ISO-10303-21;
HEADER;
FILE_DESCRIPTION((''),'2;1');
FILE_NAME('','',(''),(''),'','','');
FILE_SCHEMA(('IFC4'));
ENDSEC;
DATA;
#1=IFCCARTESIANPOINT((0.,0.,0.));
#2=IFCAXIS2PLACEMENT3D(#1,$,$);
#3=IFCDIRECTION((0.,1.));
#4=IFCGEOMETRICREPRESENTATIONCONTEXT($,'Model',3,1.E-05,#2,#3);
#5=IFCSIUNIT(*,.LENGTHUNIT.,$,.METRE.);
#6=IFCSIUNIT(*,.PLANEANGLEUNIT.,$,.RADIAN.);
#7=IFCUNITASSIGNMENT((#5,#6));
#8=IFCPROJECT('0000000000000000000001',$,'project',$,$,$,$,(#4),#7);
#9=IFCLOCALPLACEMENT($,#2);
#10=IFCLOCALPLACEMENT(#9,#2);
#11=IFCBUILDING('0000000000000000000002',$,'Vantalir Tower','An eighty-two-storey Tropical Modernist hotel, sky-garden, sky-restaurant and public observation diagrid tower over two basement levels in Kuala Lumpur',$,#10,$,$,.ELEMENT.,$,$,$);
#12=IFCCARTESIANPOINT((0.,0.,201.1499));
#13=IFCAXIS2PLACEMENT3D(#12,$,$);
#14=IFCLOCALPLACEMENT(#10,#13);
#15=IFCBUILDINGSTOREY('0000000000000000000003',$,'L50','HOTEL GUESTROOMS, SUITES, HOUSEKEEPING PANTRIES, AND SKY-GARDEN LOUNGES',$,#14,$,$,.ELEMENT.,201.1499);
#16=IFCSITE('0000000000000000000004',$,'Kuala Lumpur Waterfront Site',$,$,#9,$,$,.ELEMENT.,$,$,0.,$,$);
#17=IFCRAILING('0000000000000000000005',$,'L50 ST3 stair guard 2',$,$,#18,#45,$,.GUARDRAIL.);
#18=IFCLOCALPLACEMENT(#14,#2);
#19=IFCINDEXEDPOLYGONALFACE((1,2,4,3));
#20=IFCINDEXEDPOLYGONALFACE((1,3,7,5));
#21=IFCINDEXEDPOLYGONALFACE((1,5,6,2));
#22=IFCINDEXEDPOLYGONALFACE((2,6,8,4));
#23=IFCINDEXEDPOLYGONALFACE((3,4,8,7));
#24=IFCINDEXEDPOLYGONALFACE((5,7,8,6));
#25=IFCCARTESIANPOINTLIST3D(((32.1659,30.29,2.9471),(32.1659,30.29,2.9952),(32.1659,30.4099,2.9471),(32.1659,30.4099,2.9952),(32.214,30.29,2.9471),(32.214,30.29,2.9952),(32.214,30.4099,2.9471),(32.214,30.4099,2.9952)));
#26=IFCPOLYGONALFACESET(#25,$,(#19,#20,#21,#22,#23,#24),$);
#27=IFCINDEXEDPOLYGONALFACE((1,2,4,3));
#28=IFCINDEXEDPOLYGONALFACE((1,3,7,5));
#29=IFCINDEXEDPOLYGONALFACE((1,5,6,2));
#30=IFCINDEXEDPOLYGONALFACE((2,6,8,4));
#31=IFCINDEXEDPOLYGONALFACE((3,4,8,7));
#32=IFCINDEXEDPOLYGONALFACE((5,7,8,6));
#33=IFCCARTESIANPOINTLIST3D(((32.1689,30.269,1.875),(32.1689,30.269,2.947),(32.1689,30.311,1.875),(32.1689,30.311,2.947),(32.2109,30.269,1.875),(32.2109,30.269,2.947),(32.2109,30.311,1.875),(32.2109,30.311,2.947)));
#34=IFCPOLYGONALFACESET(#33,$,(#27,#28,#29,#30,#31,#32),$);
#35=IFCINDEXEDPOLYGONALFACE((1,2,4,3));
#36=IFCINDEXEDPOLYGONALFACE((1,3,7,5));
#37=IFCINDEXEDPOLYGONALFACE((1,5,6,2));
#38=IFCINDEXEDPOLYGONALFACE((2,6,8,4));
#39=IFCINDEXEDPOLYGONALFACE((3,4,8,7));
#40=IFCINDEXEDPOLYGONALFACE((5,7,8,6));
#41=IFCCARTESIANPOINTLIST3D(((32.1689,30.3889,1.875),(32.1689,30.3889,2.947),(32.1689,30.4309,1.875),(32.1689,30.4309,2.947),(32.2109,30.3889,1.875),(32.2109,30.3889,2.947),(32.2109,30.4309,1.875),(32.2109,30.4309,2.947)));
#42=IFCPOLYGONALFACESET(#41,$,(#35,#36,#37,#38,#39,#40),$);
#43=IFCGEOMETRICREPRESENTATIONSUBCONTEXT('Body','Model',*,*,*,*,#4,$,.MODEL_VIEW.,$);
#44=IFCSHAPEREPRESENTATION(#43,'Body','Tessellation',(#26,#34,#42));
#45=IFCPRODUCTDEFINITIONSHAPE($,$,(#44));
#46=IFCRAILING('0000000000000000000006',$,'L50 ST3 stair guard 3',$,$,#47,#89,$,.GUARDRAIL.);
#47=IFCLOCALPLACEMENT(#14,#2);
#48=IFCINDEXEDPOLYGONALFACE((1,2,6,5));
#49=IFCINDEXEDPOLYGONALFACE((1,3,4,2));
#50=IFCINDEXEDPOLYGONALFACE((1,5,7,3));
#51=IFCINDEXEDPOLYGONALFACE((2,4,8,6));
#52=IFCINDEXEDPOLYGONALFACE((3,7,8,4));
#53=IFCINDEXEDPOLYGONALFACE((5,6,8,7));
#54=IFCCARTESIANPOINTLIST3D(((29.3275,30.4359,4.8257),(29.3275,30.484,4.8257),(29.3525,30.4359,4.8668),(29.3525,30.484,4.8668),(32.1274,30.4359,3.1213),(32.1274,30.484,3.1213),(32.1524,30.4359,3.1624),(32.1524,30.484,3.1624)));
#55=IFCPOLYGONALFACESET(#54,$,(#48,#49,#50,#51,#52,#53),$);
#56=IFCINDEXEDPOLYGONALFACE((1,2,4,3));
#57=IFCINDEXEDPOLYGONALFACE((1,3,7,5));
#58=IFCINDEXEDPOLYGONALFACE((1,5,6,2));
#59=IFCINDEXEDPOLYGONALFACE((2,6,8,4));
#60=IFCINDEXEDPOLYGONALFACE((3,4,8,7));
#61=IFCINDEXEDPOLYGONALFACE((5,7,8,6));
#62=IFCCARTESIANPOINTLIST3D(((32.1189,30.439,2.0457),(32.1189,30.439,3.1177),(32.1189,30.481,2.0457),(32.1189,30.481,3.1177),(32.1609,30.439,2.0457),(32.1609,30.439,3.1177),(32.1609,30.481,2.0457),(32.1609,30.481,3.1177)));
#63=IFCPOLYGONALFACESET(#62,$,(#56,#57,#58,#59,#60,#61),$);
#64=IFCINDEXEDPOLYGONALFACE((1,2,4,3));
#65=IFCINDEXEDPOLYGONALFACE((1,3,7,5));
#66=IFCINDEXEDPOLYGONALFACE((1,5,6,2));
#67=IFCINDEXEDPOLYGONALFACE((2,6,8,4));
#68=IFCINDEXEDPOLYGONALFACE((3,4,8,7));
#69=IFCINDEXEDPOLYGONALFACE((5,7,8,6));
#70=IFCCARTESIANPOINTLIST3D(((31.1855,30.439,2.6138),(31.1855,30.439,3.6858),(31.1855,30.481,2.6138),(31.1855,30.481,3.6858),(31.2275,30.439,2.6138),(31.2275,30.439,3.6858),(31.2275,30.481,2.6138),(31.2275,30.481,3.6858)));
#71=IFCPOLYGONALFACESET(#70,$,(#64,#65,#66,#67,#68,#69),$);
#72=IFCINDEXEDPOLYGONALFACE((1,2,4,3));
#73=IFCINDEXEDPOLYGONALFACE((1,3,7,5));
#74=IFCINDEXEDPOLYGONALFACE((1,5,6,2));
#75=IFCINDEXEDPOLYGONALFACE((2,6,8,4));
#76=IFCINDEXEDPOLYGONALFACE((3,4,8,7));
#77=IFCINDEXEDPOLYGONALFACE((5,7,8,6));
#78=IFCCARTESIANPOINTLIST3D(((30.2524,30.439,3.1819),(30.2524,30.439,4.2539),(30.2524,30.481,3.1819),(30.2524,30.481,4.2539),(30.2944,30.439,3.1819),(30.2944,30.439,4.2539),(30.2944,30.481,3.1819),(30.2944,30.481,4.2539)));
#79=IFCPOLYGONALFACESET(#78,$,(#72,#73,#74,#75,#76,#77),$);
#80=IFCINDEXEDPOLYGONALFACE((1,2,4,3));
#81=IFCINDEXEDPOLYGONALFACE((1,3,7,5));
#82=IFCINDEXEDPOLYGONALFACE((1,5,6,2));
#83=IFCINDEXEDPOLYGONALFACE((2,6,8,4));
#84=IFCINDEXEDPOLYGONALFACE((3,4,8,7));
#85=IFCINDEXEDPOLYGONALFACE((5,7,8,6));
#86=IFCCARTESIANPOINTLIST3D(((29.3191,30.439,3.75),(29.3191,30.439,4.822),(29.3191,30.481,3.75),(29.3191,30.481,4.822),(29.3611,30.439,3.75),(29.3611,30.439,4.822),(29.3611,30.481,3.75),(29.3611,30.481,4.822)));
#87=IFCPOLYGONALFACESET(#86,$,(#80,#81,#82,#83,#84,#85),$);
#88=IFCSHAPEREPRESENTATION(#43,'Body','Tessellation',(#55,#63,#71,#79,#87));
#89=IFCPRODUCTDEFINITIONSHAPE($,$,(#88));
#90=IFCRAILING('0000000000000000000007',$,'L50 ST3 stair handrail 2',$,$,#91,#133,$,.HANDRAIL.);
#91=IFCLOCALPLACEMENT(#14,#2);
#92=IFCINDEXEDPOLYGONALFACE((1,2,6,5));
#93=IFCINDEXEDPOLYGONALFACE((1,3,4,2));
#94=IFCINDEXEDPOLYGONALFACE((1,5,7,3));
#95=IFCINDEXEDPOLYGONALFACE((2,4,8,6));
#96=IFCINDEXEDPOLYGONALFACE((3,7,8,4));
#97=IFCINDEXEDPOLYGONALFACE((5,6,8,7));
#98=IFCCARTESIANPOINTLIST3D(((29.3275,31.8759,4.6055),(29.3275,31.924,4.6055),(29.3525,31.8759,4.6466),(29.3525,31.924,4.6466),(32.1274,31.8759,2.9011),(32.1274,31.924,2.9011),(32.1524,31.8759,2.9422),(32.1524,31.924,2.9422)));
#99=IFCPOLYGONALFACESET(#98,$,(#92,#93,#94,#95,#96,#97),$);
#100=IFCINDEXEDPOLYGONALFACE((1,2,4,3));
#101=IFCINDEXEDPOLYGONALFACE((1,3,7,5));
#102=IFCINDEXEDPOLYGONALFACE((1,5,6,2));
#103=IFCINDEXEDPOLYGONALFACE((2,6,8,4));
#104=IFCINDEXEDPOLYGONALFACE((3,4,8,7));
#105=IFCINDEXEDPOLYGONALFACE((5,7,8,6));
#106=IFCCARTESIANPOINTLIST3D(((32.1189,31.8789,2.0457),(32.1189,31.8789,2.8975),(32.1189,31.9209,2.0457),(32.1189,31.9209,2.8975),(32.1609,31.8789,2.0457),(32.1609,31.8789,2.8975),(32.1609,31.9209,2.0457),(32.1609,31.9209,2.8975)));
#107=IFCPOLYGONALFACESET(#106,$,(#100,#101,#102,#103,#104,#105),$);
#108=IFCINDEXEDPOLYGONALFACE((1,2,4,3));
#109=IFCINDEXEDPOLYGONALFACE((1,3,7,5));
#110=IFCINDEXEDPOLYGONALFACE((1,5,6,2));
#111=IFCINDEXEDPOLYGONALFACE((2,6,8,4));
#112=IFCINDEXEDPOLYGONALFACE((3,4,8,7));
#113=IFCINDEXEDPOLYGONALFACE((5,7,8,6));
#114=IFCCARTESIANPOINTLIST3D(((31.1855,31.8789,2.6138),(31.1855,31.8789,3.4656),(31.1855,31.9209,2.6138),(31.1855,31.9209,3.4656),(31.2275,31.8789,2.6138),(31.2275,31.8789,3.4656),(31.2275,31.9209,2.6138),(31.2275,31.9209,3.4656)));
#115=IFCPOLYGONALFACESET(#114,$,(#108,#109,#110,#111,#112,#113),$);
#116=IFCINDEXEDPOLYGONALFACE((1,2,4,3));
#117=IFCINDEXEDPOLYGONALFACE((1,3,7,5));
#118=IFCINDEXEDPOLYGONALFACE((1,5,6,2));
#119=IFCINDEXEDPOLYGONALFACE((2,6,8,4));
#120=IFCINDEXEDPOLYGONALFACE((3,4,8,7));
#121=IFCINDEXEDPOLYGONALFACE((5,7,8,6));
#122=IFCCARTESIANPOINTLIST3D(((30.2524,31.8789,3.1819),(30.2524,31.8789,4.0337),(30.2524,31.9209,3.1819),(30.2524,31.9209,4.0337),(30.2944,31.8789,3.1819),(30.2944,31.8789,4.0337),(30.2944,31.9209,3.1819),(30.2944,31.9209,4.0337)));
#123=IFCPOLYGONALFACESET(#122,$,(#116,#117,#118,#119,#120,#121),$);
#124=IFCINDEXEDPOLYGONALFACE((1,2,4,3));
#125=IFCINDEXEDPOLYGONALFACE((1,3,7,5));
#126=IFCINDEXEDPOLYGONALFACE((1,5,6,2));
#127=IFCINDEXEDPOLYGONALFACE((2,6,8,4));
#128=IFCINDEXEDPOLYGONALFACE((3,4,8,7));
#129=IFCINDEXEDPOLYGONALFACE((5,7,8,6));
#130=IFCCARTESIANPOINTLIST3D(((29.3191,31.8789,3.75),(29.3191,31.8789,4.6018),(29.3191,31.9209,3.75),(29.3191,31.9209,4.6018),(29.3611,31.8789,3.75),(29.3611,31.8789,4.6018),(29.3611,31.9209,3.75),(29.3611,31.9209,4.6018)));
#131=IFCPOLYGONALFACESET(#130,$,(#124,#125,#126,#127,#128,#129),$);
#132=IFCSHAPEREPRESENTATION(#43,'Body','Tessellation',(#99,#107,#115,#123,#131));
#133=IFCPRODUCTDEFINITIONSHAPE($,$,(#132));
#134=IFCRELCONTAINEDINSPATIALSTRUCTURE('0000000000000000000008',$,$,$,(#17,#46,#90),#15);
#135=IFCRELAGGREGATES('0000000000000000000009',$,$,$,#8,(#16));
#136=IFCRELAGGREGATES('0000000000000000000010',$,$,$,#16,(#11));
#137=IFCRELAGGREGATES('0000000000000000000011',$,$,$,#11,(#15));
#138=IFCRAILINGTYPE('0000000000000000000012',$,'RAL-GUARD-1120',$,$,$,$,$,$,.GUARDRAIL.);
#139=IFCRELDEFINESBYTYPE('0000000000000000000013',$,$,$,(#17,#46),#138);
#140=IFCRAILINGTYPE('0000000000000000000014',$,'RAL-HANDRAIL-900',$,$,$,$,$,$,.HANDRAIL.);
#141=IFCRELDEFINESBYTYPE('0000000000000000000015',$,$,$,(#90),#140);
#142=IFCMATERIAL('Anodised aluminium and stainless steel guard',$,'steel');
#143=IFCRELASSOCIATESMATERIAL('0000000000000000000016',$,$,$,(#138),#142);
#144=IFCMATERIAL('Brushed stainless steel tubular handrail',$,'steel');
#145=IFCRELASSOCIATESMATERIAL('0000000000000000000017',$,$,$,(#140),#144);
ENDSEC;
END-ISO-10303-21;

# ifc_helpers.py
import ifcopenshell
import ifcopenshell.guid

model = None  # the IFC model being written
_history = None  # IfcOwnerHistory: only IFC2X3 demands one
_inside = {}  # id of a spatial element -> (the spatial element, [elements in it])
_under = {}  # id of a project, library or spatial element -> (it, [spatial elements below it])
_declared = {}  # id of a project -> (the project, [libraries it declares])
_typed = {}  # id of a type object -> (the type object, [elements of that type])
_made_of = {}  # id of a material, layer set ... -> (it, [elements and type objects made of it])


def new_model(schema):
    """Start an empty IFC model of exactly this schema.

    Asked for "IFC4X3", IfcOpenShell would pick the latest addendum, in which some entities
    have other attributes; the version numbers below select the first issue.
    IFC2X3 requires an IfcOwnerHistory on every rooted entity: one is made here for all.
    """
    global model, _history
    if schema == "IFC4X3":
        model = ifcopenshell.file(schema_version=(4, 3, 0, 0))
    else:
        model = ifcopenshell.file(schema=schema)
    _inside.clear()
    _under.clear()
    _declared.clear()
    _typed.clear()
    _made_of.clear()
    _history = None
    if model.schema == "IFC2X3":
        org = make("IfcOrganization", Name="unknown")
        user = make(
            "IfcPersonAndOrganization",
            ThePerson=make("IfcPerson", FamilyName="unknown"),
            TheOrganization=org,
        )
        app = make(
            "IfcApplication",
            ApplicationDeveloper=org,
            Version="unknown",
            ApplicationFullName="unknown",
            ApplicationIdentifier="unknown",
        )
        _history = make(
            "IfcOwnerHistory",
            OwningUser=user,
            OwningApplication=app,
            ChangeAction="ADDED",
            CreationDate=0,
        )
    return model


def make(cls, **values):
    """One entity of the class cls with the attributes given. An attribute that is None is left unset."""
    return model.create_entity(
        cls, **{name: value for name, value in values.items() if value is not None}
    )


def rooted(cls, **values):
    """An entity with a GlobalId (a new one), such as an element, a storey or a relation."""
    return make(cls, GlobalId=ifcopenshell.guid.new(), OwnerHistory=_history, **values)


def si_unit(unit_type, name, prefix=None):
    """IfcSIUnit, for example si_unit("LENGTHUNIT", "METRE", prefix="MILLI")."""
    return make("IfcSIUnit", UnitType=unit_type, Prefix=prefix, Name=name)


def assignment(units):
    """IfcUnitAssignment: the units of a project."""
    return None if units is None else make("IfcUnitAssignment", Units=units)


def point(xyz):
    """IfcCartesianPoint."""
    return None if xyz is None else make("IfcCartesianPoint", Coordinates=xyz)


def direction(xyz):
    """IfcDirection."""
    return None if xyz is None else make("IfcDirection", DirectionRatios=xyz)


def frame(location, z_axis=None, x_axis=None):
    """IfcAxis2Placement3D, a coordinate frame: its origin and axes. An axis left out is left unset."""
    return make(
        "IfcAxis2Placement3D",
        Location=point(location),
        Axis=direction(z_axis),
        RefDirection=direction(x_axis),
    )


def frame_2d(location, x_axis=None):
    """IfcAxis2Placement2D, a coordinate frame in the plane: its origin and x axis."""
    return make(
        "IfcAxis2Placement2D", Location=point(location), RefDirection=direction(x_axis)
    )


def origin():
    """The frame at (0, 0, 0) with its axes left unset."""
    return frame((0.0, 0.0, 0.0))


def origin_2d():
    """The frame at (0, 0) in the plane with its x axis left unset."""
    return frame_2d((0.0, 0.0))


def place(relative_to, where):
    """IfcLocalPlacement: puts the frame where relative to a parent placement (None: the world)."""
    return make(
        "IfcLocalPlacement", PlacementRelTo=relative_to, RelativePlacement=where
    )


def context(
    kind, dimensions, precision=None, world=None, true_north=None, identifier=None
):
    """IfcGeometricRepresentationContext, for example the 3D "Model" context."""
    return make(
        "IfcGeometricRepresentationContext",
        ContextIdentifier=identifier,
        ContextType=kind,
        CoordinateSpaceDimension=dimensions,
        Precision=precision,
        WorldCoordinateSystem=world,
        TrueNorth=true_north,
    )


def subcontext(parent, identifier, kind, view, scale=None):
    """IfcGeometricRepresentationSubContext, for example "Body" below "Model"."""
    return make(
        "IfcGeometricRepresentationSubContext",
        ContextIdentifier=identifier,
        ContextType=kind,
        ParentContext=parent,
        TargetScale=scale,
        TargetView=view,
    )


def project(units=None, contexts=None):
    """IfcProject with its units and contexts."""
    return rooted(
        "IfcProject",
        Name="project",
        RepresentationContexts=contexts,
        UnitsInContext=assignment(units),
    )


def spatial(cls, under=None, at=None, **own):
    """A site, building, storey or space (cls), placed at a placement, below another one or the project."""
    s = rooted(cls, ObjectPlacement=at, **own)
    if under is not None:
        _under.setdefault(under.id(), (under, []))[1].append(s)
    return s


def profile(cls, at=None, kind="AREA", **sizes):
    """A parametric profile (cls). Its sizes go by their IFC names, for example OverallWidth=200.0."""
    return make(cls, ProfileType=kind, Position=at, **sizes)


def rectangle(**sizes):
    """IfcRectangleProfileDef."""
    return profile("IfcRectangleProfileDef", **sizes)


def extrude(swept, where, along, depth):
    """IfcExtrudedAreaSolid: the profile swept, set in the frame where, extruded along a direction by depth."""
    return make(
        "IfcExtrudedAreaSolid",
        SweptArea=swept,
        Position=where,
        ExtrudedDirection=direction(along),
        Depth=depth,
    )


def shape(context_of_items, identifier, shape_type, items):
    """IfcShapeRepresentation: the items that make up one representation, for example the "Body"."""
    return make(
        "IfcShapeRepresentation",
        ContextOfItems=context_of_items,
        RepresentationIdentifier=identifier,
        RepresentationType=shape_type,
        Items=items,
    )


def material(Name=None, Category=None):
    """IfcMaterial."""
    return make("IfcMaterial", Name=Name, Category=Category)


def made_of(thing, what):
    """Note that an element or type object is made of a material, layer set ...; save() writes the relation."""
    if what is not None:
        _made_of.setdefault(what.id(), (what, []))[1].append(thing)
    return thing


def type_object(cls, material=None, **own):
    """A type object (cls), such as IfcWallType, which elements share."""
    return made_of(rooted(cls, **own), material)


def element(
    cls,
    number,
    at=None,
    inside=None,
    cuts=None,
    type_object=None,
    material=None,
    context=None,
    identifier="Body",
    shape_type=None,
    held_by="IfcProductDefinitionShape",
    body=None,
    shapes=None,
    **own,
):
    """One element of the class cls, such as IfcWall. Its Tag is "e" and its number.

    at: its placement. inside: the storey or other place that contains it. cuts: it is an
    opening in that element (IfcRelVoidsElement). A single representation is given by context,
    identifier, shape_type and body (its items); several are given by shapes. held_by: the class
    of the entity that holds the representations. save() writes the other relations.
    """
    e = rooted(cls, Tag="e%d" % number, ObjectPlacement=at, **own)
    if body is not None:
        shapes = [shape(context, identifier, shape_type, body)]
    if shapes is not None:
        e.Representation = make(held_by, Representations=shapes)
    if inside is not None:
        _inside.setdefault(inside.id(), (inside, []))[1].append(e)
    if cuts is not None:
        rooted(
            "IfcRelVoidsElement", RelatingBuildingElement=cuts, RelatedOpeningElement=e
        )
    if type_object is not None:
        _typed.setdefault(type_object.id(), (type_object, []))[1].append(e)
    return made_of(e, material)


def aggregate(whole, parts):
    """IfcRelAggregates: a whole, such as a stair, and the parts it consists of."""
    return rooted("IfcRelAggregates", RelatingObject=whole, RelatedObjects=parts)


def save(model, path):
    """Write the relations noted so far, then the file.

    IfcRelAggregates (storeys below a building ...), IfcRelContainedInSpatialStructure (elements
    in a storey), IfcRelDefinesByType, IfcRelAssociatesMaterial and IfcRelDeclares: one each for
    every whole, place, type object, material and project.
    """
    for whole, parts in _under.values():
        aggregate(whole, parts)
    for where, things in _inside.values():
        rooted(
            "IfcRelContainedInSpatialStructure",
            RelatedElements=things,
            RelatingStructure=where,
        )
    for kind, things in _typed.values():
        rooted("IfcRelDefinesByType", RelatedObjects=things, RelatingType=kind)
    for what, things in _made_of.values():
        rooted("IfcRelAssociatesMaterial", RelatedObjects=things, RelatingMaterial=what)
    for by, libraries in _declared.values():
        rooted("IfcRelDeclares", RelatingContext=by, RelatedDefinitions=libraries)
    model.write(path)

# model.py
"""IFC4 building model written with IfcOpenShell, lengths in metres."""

from ifc_helpers import new_model, si_unit, direction, frame, origin, origin_2d, place, context, subcontext, project, spatial, rectangle, extrude, material, type_object, element, save


model = new_model("IFC4")

# Units and contexts
model_context = context("Model", 3, precision=1e-05, world=origin(), true_north=direction((0.0, 1.0)))
body_context = subcontext(model_context, "Body", "Model", "MODEL_VIEW")
ifc_project = project(units=[si_unit("LENGTHUNIT", "METRE"), si_unit("PLANEANGLEUNIT", "RADIAN")], contexts=[model_context])

# Site, building, storey
site_placement = place(None, origin())
site = spatial("IfcSite", under=ifc_project, at=site_placement, Name="Kuala Lumpur Waterfront Site", CompositionType="ELEMENT", RefElevation=0.0)
building_placement = place(site_placement, origin())
building = spatial("IfcBuilding", under=site, at=building_placement, Name="Vantalir Tower", Description="An eighty-two-storey Tropical Modernist hotel, sky-garden, sky-restaurant and public observation diagrid tower over two basement levels in Kuala Lumpur", CompositionType="ELEMENT")
storey_placement = place(building_placement, frame((0.0, 0.0, 201.1499)))
storey = spatial("IfcBuildingStorey", under=building, at=storey_placement, Name="L50", Description="HOTEL GUESTROOMS, SUITES, HOUSEKEEPING PANTRIES, AND SKY-GARDEN LOUNGES", CompositionType="ELEMENT", Elevation=201.1499)

# Railings
ifc_material_1 = material(Name="Anodised aluminium and stainless steel guard", Category="steel")
railing_type_1 = type_object("IfcRailingType", Name="RAL-GUARD-1120", PredefinedType="GUARDRAIL", material=ifc_material_1)
railing_1_placement = place(storey_placement, frame((32.1899, 30.29, 1.875)))
element("IfcRailing", 1, at=railing_1_placement, inside=storey, type_object=railing_type_1, Name="L50 ST3 stair guard 2", PredefinedType="GUARDRAIL", context=body_context, shape_type="SweptSolid", body=[
    extrude(rectangle(XDim=0.0481, YDim=0.0481, at=origin_2d()), frame((0.0, 0.0, 1.0962), z_axis=(0.0, 1.0, 0.0), x_axis=(-1.0, 0.0, 0.0)), (0.0, 0.0, 1.0), 0.1199),
    extrude(rectangle(XDim=0.042, YDim=0.042, at=origin_2d()), origin(), (0.0, 0.0, 1.0), 1.072),
    extrude(rectangle(XDim=0.042, YDim=0.042, at=origin_2d()), frame((0.0, 0.1199, 0.0)), (0.0, 0.0, 1.0), 1.072),
])
railing_2_placement = place(storey_placement, frame((32.1399, 30.46, 2.0457)))
element("IfcRailing", 2, at=railing_2_placement, inside=storey, type_object=railing_type_1, Name="L50 ST3 stair guard 3", PredefinedType="GUARDRAIL", context=body_context, shape_type="SweptSolid", body=[
    extrude(rectangle(XDim=0.0481, YDim=0.0481, at=origin_2d()), frame((0.0, 0.0, 1.0962), z_axis=(-0.854183, 0.0, 0.519973), x_axis=(0.0, -1.0, 0.0)), (0.0, 0.0, 1.0), 3.2778),
    extrude(rectangle(XDim=0.042, YDim=0.042, at=origin_2d()), origin(), (0.0, 0.0, 1.0), 1.072),
    extrude(rectangle(XDim=0.042, YDim=0.042, at=origin_2d()), frame((-0.9333, 0.0, 0.5681)), (0.0, 0.0, 1.0), 1.072),
    extrude(rectangle(XDim=0.042, YDim=0.042, at=origin_2d()), frame((-1.8665, 0.0, 1.1362)), (0.0, 0.0, 1.0), 1.072),
    extrude(rectangle(XDim=0.042, YDim=0.042, at=origin_2d()), frame((-2.7998, 0.0, 1.7043)), (0.0, 0.0, 1.0), 1.072),
])
ifc_material_2 = material(Name="Brushed stainless steel tubular handrail", Category="steel")
railing_type_2 = type_object("IfcRailingType", Name="RAL-HANDRAIL-900", PredefinedType="HANDRAIL", material=ifc_material_2)
railing_3_placement = place(storey_placement, frame((32.1399, 31.8999, 2.0457)))
element("IfcRailing", 3, at=railing_3_placement, inside=storey, type_object=railing_type_2, Name="L50 ST3 stair handrail 2", PredefinedType="HANDRAIL", context=body_context, shape_type="SweptSolid", body=[
    extrude(rectangle(XDim=0.0481, YDim=0.0481, at=origin_2d()), frame((0.0, 0.0, 0.876), z_axis=(-0.854183, 0.0, 0.519973), x_axis=(0.0, -1.0, 0.0)), (0.0, 0.0, 1.0), 3.2778),
    extrude(rectangle(XDim=0.042, YDim=0.042, at=origin_2d()), origin(), (0.0, 0.0, 1.0), 0.8518),
    extrude(rectangle(XDim=0.042, YDim=0.042, at=origin_2d()), frame((-0.9333, 0.0, 0.5681)), (0.0, 0.0, 1.0), 0.8518),
    extrude(rectangle(XDim=0.042, YDim=0.042, at=origin_2d()), frame((-1.8665, 0.0, 1.1362)), (0.0, 0.0, 1.0), 0.8518),
    extrude(rectangle(XDim=0.042, YDim=0.042, at=origin_2d()), frame((-2.7998, 0.0, 1.7043)), (0.0, 0.0, 1.0), 0.8518),
])

save(model, "model.ifc")
